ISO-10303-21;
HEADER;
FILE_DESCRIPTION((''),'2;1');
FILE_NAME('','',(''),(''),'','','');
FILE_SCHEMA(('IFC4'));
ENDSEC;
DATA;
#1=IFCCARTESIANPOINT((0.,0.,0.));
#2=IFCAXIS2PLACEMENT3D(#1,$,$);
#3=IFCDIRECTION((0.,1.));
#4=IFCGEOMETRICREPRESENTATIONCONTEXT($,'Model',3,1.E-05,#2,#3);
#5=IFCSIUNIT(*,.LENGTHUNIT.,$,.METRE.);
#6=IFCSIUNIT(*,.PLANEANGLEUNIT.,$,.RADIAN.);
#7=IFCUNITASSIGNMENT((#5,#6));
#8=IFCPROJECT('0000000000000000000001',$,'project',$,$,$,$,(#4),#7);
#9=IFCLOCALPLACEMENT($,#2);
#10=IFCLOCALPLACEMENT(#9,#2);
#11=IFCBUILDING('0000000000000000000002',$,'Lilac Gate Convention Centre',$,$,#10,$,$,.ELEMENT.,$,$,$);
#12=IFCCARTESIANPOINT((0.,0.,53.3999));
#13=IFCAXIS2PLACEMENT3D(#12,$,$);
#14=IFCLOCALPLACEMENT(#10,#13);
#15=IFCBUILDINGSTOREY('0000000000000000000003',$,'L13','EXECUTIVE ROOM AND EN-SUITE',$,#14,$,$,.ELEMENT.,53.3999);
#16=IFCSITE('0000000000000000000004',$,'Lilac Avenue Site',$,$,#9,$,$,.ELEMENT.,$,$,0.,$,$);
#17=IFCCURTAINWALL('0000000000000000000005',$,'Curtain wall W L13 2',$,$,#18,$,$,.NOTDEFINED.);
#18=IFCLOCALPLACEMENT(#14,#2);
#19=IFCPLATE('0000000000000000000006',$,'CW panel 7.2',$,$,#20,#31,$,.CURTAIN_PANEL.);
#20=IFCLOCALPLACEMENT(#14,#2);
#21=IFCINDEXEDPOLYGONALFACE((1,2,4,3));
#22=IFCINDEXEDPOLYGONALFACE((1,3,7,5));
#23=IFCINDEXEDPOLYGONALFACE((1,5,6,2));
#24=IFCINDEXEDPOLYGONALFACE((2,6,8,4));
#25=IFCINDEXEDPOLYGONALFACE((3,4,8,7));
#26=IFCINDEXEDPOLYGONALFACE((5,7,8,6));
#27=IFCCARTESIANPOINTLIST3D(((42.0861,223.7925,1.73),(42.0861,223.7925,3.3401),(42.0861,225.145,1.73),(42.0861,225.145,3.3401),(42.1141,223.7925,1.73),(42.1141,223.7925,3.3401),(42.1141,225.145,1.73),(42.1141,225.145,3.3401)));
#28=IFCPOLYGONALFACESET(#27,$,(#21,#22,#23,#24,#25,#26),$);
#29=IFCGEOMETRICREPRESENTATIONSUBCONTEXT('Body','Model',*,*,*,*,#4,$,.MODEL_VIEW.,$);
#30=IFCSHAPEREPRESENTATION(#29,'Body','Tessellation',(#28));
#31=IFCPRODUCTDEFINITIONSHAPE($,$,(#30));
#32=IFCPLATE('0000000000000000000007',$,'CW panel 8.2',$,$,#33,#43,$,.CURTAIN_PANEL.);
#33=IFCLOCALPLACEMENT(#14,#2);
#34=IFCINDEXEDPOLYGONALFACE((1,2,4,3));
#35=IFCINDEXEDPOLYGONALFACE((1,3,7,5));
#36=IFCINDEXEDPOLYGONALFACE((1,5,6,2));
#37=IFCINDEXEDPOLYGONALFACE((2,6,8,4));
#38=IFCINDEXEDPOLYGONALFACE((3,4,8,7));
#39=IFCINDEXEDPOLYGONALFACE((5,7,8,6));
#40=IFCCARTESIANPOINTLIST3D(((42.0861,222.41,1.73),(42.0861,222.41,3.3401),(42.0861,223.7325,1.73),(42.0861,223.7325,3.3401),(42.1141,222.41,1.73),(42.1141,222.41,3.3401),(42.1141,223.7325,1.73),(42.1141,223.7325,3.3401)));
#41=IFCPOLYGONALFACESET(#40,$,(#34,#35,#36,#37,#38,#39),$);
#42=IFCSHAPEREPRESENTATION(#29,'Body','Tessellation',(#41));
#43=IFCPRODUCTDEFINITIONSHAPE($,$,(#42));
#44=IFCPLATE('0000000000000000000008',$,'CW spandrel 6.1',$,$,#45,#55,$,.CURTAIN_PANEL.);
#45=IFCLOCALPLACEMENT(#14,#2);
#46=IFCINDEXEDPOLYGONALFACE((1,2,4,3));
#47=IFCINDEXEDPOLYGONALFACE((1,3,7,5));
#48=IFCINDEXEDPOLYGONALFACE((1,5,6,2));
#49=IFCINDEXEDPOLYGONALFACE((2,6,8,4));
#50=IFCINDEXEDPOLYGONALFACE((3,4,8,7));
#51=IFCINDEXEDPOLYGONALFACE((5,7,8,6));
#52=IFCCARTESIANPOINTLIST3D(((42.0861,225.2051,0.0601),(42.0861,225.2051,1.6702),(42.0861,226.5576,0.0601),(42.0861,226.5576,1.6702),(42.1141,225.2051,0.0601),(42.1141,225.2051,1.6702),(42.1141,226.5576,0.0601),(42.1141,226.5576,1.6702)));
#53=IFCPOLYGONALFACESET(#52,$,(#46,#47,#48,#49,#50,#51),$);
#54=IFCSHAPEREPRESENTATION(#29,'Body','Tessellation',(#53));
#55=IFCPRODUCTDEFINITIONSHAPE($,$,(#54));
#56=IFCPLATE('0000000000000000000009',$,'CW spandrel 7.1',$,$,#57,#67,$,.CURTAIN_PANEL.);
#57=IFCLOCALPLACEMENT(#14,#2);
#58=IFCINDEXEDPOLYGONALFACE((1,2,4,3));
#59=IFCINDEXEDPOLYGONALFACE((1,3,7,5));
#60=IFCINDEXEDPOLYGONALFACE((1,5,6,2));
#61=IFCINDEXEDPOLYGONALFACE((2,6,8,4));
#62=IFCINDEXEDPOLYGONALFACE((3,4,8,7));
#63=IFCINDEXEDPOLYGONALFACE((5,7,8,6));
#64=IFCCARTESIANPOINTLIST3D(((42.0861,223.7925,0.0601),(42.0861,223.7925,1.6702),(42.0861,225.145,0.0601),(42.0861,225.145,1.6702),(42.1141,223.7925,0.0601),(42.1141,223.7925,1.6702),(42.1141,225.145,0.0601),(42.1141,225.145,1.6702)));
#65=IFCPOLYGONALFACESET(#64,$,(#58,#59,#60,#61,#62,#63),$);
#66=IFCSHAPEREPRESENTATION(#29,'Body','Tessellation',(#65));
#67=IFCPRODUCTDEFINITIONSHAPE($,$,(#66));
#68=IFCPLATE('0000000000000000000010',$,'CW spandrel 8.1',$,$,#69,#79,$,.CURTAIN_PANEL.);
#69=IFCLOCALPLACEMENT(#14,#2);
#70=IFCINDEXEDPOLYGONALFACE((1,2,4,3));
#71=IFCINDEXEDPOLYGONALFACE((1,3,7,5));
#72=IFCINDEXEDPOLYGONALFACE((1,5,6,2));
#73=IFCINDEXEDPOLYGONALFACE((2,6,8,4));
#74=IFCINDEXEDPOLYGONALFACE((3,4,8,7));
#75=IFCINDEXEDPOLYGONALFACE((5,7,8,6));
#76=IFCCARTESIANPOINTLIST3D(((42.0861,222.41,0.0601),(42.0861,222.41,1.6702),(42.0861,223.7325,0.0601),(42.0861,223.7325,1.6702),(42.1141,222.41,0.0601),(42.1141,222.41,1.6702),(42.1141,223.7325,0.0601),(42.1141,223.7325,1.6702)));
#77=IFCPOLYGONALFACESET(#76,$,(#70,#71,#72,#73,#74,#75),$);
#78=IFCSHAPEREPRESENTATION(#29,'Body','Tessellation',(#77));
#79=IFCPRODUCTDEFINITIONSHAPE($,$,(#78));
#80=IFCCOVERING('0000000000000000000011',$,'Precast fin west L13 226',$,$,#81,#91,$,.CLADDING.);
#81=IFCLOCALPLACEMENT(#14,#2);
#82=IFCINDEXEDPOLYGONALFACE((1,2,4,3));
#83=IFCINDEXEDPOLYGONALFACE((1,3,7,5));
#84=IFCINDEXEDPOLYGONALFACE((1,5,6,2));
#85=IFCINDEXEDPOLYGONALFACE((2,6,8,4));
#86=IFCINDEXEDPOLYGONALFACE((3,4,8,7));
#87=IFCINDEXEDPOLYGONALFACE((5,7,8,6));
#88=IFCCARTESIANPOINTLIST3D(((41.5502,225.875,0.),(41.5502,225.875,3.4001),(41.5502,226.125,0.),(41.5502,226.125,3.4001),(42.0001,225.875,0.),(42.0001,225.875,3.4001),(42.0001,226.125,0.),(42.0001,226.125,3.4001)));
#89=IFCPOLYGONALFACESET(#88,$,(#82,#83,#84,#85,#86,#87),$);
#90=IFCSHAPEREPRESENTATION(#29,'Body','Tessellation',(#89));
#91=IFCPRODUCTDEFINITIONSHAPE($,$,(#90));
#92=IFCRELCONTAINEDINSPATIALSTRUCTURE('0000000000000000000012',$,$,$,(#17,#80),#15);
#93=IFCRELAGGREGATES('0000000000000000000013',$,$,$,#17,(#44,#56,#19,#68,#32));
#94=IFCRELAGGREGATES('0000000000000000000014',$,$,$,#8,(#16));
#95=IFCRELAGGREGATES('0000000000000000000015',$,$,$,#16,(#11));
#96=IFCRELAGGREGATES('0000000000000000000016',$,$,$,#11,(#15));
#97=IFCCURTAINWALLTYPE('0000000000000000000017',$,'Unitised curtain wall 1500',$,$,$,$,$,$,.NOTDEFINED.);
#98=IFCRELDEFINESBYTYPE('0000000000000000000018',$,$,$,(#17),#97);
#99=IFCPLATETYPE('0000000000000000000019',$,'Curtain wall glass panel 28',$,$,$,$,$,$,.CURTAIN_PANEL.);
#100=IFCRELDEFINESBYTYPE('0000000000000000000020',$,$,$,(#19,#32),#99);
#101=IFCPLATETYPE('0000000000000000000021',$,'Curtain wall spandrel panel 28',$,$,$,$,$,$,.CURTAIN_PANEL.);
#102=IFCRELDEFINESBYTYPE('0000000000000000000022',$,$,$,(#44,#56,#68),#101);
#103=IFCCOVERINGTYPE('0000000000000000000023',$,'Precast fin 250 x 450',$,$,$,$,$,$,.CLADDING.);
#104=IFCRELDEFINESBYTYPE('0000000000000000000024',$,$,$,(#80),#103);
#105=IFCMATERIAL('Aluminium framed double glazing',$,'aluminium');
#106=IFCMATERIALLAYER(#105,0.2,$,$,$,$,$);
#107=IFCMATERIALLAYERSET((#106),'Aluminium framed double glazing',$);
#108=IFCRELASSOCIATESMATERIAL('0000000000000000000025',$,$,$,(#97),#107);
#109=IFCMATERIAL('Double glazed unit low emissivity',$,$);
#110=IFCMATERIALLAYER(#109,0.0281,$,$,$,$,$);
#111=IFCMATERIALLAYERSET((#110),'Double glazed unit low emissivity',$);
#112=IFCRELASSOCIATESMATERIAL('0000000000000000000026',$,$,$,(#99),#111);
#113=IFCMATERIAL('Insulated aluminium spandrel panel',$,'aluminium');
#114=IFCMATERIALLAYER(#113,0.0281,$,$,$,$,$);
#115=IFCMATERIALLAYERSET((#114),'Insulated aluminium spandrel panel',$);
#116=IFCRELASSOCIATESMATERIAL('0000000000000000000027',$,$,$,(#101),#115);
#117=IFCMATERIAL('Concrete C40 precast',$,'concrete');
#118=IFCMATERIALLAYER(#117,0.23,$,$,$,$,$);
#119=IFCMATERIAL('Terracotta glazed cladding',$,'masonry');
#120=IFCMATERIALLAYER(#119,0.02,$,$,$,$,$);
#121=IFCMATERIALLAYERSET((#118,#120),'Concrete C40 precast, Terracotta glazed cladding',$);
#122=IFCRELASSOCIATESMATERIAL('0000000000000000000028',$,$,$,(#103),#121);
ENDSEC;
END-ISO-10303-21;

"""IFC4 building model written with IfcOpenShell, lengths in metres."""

from ifc_helpers import new_model, si_unit, direction, frame, frame_2d, origin, origin_2d, place, context, subcontext, project, spatial, rectangle, extrude, material, layer, layer_set, type_object, element, aggregate, save


model = new_model("IFC4")

# Units and contexts
model_context = context("Model", 3, precision=1e-05, world=origin(), true_north=direction((0.0, 1.0)))
body_context = subcontext(model_context, "Body", "Model", "MODEL_VIEW")
ifc_project = project(units=[si_unit("LENGTHUNIT", "METRE"), si_unit("PLANEANGLEUNIT", "RADIAN")], contexts=[model_context])

# Site, building, storey
site_placement = place(None, origin())
site = spatial("IfcSite", under=ifc_project, at=site_placement, Name="Lilac Avenue Site", CompositionType="ELEMENT", RefElevation=0.0)
building_placement = place(site_placement, origin())
building = spatial("IfcBuilding", under=site, at=building_placement, Name="Lilac Gate Convention Centre", CompositionType="ELEMENT")
storey_placement = place(building_placement, frame((0.0, 0.0, 53.3999)))
storey = spatial("IfcBuildingStorey", under=building, at=storey_placement, Name="L13", Description="EXECUTIVE ROOM AND EN-SUITE", CompositionType="ELEMENT", Elevation=53.3999)

# Curtain wall, plates
ifc_material_1 = material(Name="Aluminium framed double glazing", Category="aluminium")
ifc_layer_1 = layer(ifc_material_1, 0.2)
ifc_layer_set_1 = layer_set([ifc_layer_1], Name="Aluminium framed double glazing")
curtain_wall_type = type_object("IfcCurtainWallType", Name="Unitised curtain wall 1500", PredefinedType="NOTDEFINED", material=ifc_layer_set_1)
curtain_wall_placement = place(storey_placement, origin())
curtain_wall = element("IfcCurtainWall", 1, at=curtain_wall_placement, inside=storey, type_object=curtain_wall_type, Name="Curtain wall W L13 2", PredefinedType="NOTDEFINED")
ifc_material_2 = material(Name="Double glazed unit low emissivity")
ifc_layer_2 = layer(ifc_material_2, 0.0281)
ifc_layer_set_2 = layer_set([ifc_layer_2], Name="Double glazed unit low emissivity")
plate_type_1 = type_object("IfcPlateType", Name="Curtain wall glass panel 28", PredefinedType="CURTAIN_PANEL", material=ifc_layer_set_2)
plate_1_placement = place(storey_placement, frame((42.1001, 224.4688, 1.73), z_axis=(0.0, 0.0, 1.0), x_axis=(0.0, -1.0, 0.0)))
plate_1 = element("IfcPlate", 2, at=plate_1_placement, type_object=plate_type_1, Name="CW panel 7.2", PredefinedType="CURTAIN_PANEL", context=body_context, shape_type="SweptSolid", body=[
    extrude(rectangle(XDim=1.3525, YDim=0.0281, at=origin_2d()), origin(), (0.0, 0.0, 1.0), 1.6101),
])
plate_2_placement = place(storey_placement, frame((42.1001, 223.0713, 1.73), z_axis=(0.0, 0.0, 1.0), x_axis=(0.0, -1.0, 0.0)))
plate_2 = element("IfcPlate", 3, at=plate_2_placement, type_object=plate_type_1, Name="CW panel 8.2", PredefinedType="CURTAIN_PANEL", context=body_context, shape_type="SweptSolid", body=[
    extrude(rectangle(XDim=1.3225, YDim=0.0281, at=origin_2d()), origin(), (0.0, 0.0, 1.0), 1.6101),
])
ifc_material_3 = material(Name="Insulated aluminium spandrel panel", Category="aluminium")
ifc_layer_3 = layer(ifc_material_3, 0.0281)
ifc_layer_set_3 = layer_set([ifc_layer_3], Name="Insulated aluminium spandrel panel")
plate_type_2 = type_object("IfcPlateType", Name="Curtain wall spandrel panel 28", PredefinedType="CURTAIN_PANEL", material=ifc_layer_set_3)
plate_3_placement = place(storey_placement, frame((42.1001, 225.8813, 0.0601), z_axis=(0.0, 0.0, 1.0), x_axis=(0.0, -1.0, 0.0)))
plate_3 = element("IfcPlate", 4, at=plate_3_placement, type_object=plate_type_2, Name="CW spandrel 6.1", PredefinedType="CURTAIN_PANEL", context=body_context, shape_type="SweptSolid", body=[
    extrude(rectangle(XDim=1.3525, YDim=0.0281, at=origin_2d()), origin(), (0.0, 0.0, 1.0), 1.6101),
])
plate_4_placement = place(storey_placement, frame((42.1001, 224.4688, 0.0601), z_axis=(0.0, 0.0, 1.0), x_axis=(0.0, -1.0, 0.0)))
plate_4 = element("IfcPlate", 5, at=plate_4_placement, type_object=plate_type_2, Name="CW spandrel 7.1", PredefinedType="CURTAIN_PANEL", context=body_context, shape_type="SweptSolid", body=[
    extrude(rectangle(XDim=1.3525, YDim=0.0281, at=origin_2d()), origin(), (0.0, 0.0, 1.0), 1.6101),
])
plate_5_placement = place(storey_placement, frame((42.1001, 223.0713, 0.0601), z_axis=(0.0, 0.0, 1.0), x_axis=(0.0, -1.0, 0.0)))
plate_5 = element("IfcPlate", 6, at=plate_5_placement, type_object=plate_type_2, Name="CW spandrel 8.1", PredefinedType="CURTAIN_PANEL", context=body_context, shape_type="SweptSolid", body=[
    extrude(rectangle(XDim=1.3225, YDim=0.0281, at=origin_2d()), origin(), (0.0, 0.0, 1.0), 1.6101),
])
aggregate(curtain_wall, [plate_3, plate_4, plate_1, plate_5, plate_2])

# Covering
ifc_material_4 = material(Name="Concrete C40 precast", Category="concrete")
ifc_layer_4 = layer(ifc_material_4, 0.23)
ifc_material_5 = material(Name="Terracotta glazed cladding", Category="masonry")
ifc_layer_5 = layer(ifc_material_5, 0.02)
ifc_layer_set_4 = layer_set([ifc_layer_4, ifc_layer_5], Name="Concrete C40 precast, Terracotta glazed cladding")
covering_type = type_object("IfcCoveringType", Name="Precast fin 250 x 450", PredefinedType="CLADDING", material=ifc_layer_set_4)
covering_placement = place(storey_placement, frame((41.55, 226.0, 0.0), z_axis=(0.0, 0.0, 1.0), x_axis=(1.0, 0.0, 0.0)))
element("IfcCovering", 7, at=covering_placement, inside=storey, type_object=covering_type, Name="Precast fin west L13 226", PredefinedType="CLADDING", context=body_context, shape_type="SweptSolid", body=[
    extrude(rectangle(XDim=0.45, YDim=0.25, at=frame_2d((0.2251, 0.0))), origin(), (0.0, 0.0, 1.0), 3.4001),
])

save(model, "model.ifc")
